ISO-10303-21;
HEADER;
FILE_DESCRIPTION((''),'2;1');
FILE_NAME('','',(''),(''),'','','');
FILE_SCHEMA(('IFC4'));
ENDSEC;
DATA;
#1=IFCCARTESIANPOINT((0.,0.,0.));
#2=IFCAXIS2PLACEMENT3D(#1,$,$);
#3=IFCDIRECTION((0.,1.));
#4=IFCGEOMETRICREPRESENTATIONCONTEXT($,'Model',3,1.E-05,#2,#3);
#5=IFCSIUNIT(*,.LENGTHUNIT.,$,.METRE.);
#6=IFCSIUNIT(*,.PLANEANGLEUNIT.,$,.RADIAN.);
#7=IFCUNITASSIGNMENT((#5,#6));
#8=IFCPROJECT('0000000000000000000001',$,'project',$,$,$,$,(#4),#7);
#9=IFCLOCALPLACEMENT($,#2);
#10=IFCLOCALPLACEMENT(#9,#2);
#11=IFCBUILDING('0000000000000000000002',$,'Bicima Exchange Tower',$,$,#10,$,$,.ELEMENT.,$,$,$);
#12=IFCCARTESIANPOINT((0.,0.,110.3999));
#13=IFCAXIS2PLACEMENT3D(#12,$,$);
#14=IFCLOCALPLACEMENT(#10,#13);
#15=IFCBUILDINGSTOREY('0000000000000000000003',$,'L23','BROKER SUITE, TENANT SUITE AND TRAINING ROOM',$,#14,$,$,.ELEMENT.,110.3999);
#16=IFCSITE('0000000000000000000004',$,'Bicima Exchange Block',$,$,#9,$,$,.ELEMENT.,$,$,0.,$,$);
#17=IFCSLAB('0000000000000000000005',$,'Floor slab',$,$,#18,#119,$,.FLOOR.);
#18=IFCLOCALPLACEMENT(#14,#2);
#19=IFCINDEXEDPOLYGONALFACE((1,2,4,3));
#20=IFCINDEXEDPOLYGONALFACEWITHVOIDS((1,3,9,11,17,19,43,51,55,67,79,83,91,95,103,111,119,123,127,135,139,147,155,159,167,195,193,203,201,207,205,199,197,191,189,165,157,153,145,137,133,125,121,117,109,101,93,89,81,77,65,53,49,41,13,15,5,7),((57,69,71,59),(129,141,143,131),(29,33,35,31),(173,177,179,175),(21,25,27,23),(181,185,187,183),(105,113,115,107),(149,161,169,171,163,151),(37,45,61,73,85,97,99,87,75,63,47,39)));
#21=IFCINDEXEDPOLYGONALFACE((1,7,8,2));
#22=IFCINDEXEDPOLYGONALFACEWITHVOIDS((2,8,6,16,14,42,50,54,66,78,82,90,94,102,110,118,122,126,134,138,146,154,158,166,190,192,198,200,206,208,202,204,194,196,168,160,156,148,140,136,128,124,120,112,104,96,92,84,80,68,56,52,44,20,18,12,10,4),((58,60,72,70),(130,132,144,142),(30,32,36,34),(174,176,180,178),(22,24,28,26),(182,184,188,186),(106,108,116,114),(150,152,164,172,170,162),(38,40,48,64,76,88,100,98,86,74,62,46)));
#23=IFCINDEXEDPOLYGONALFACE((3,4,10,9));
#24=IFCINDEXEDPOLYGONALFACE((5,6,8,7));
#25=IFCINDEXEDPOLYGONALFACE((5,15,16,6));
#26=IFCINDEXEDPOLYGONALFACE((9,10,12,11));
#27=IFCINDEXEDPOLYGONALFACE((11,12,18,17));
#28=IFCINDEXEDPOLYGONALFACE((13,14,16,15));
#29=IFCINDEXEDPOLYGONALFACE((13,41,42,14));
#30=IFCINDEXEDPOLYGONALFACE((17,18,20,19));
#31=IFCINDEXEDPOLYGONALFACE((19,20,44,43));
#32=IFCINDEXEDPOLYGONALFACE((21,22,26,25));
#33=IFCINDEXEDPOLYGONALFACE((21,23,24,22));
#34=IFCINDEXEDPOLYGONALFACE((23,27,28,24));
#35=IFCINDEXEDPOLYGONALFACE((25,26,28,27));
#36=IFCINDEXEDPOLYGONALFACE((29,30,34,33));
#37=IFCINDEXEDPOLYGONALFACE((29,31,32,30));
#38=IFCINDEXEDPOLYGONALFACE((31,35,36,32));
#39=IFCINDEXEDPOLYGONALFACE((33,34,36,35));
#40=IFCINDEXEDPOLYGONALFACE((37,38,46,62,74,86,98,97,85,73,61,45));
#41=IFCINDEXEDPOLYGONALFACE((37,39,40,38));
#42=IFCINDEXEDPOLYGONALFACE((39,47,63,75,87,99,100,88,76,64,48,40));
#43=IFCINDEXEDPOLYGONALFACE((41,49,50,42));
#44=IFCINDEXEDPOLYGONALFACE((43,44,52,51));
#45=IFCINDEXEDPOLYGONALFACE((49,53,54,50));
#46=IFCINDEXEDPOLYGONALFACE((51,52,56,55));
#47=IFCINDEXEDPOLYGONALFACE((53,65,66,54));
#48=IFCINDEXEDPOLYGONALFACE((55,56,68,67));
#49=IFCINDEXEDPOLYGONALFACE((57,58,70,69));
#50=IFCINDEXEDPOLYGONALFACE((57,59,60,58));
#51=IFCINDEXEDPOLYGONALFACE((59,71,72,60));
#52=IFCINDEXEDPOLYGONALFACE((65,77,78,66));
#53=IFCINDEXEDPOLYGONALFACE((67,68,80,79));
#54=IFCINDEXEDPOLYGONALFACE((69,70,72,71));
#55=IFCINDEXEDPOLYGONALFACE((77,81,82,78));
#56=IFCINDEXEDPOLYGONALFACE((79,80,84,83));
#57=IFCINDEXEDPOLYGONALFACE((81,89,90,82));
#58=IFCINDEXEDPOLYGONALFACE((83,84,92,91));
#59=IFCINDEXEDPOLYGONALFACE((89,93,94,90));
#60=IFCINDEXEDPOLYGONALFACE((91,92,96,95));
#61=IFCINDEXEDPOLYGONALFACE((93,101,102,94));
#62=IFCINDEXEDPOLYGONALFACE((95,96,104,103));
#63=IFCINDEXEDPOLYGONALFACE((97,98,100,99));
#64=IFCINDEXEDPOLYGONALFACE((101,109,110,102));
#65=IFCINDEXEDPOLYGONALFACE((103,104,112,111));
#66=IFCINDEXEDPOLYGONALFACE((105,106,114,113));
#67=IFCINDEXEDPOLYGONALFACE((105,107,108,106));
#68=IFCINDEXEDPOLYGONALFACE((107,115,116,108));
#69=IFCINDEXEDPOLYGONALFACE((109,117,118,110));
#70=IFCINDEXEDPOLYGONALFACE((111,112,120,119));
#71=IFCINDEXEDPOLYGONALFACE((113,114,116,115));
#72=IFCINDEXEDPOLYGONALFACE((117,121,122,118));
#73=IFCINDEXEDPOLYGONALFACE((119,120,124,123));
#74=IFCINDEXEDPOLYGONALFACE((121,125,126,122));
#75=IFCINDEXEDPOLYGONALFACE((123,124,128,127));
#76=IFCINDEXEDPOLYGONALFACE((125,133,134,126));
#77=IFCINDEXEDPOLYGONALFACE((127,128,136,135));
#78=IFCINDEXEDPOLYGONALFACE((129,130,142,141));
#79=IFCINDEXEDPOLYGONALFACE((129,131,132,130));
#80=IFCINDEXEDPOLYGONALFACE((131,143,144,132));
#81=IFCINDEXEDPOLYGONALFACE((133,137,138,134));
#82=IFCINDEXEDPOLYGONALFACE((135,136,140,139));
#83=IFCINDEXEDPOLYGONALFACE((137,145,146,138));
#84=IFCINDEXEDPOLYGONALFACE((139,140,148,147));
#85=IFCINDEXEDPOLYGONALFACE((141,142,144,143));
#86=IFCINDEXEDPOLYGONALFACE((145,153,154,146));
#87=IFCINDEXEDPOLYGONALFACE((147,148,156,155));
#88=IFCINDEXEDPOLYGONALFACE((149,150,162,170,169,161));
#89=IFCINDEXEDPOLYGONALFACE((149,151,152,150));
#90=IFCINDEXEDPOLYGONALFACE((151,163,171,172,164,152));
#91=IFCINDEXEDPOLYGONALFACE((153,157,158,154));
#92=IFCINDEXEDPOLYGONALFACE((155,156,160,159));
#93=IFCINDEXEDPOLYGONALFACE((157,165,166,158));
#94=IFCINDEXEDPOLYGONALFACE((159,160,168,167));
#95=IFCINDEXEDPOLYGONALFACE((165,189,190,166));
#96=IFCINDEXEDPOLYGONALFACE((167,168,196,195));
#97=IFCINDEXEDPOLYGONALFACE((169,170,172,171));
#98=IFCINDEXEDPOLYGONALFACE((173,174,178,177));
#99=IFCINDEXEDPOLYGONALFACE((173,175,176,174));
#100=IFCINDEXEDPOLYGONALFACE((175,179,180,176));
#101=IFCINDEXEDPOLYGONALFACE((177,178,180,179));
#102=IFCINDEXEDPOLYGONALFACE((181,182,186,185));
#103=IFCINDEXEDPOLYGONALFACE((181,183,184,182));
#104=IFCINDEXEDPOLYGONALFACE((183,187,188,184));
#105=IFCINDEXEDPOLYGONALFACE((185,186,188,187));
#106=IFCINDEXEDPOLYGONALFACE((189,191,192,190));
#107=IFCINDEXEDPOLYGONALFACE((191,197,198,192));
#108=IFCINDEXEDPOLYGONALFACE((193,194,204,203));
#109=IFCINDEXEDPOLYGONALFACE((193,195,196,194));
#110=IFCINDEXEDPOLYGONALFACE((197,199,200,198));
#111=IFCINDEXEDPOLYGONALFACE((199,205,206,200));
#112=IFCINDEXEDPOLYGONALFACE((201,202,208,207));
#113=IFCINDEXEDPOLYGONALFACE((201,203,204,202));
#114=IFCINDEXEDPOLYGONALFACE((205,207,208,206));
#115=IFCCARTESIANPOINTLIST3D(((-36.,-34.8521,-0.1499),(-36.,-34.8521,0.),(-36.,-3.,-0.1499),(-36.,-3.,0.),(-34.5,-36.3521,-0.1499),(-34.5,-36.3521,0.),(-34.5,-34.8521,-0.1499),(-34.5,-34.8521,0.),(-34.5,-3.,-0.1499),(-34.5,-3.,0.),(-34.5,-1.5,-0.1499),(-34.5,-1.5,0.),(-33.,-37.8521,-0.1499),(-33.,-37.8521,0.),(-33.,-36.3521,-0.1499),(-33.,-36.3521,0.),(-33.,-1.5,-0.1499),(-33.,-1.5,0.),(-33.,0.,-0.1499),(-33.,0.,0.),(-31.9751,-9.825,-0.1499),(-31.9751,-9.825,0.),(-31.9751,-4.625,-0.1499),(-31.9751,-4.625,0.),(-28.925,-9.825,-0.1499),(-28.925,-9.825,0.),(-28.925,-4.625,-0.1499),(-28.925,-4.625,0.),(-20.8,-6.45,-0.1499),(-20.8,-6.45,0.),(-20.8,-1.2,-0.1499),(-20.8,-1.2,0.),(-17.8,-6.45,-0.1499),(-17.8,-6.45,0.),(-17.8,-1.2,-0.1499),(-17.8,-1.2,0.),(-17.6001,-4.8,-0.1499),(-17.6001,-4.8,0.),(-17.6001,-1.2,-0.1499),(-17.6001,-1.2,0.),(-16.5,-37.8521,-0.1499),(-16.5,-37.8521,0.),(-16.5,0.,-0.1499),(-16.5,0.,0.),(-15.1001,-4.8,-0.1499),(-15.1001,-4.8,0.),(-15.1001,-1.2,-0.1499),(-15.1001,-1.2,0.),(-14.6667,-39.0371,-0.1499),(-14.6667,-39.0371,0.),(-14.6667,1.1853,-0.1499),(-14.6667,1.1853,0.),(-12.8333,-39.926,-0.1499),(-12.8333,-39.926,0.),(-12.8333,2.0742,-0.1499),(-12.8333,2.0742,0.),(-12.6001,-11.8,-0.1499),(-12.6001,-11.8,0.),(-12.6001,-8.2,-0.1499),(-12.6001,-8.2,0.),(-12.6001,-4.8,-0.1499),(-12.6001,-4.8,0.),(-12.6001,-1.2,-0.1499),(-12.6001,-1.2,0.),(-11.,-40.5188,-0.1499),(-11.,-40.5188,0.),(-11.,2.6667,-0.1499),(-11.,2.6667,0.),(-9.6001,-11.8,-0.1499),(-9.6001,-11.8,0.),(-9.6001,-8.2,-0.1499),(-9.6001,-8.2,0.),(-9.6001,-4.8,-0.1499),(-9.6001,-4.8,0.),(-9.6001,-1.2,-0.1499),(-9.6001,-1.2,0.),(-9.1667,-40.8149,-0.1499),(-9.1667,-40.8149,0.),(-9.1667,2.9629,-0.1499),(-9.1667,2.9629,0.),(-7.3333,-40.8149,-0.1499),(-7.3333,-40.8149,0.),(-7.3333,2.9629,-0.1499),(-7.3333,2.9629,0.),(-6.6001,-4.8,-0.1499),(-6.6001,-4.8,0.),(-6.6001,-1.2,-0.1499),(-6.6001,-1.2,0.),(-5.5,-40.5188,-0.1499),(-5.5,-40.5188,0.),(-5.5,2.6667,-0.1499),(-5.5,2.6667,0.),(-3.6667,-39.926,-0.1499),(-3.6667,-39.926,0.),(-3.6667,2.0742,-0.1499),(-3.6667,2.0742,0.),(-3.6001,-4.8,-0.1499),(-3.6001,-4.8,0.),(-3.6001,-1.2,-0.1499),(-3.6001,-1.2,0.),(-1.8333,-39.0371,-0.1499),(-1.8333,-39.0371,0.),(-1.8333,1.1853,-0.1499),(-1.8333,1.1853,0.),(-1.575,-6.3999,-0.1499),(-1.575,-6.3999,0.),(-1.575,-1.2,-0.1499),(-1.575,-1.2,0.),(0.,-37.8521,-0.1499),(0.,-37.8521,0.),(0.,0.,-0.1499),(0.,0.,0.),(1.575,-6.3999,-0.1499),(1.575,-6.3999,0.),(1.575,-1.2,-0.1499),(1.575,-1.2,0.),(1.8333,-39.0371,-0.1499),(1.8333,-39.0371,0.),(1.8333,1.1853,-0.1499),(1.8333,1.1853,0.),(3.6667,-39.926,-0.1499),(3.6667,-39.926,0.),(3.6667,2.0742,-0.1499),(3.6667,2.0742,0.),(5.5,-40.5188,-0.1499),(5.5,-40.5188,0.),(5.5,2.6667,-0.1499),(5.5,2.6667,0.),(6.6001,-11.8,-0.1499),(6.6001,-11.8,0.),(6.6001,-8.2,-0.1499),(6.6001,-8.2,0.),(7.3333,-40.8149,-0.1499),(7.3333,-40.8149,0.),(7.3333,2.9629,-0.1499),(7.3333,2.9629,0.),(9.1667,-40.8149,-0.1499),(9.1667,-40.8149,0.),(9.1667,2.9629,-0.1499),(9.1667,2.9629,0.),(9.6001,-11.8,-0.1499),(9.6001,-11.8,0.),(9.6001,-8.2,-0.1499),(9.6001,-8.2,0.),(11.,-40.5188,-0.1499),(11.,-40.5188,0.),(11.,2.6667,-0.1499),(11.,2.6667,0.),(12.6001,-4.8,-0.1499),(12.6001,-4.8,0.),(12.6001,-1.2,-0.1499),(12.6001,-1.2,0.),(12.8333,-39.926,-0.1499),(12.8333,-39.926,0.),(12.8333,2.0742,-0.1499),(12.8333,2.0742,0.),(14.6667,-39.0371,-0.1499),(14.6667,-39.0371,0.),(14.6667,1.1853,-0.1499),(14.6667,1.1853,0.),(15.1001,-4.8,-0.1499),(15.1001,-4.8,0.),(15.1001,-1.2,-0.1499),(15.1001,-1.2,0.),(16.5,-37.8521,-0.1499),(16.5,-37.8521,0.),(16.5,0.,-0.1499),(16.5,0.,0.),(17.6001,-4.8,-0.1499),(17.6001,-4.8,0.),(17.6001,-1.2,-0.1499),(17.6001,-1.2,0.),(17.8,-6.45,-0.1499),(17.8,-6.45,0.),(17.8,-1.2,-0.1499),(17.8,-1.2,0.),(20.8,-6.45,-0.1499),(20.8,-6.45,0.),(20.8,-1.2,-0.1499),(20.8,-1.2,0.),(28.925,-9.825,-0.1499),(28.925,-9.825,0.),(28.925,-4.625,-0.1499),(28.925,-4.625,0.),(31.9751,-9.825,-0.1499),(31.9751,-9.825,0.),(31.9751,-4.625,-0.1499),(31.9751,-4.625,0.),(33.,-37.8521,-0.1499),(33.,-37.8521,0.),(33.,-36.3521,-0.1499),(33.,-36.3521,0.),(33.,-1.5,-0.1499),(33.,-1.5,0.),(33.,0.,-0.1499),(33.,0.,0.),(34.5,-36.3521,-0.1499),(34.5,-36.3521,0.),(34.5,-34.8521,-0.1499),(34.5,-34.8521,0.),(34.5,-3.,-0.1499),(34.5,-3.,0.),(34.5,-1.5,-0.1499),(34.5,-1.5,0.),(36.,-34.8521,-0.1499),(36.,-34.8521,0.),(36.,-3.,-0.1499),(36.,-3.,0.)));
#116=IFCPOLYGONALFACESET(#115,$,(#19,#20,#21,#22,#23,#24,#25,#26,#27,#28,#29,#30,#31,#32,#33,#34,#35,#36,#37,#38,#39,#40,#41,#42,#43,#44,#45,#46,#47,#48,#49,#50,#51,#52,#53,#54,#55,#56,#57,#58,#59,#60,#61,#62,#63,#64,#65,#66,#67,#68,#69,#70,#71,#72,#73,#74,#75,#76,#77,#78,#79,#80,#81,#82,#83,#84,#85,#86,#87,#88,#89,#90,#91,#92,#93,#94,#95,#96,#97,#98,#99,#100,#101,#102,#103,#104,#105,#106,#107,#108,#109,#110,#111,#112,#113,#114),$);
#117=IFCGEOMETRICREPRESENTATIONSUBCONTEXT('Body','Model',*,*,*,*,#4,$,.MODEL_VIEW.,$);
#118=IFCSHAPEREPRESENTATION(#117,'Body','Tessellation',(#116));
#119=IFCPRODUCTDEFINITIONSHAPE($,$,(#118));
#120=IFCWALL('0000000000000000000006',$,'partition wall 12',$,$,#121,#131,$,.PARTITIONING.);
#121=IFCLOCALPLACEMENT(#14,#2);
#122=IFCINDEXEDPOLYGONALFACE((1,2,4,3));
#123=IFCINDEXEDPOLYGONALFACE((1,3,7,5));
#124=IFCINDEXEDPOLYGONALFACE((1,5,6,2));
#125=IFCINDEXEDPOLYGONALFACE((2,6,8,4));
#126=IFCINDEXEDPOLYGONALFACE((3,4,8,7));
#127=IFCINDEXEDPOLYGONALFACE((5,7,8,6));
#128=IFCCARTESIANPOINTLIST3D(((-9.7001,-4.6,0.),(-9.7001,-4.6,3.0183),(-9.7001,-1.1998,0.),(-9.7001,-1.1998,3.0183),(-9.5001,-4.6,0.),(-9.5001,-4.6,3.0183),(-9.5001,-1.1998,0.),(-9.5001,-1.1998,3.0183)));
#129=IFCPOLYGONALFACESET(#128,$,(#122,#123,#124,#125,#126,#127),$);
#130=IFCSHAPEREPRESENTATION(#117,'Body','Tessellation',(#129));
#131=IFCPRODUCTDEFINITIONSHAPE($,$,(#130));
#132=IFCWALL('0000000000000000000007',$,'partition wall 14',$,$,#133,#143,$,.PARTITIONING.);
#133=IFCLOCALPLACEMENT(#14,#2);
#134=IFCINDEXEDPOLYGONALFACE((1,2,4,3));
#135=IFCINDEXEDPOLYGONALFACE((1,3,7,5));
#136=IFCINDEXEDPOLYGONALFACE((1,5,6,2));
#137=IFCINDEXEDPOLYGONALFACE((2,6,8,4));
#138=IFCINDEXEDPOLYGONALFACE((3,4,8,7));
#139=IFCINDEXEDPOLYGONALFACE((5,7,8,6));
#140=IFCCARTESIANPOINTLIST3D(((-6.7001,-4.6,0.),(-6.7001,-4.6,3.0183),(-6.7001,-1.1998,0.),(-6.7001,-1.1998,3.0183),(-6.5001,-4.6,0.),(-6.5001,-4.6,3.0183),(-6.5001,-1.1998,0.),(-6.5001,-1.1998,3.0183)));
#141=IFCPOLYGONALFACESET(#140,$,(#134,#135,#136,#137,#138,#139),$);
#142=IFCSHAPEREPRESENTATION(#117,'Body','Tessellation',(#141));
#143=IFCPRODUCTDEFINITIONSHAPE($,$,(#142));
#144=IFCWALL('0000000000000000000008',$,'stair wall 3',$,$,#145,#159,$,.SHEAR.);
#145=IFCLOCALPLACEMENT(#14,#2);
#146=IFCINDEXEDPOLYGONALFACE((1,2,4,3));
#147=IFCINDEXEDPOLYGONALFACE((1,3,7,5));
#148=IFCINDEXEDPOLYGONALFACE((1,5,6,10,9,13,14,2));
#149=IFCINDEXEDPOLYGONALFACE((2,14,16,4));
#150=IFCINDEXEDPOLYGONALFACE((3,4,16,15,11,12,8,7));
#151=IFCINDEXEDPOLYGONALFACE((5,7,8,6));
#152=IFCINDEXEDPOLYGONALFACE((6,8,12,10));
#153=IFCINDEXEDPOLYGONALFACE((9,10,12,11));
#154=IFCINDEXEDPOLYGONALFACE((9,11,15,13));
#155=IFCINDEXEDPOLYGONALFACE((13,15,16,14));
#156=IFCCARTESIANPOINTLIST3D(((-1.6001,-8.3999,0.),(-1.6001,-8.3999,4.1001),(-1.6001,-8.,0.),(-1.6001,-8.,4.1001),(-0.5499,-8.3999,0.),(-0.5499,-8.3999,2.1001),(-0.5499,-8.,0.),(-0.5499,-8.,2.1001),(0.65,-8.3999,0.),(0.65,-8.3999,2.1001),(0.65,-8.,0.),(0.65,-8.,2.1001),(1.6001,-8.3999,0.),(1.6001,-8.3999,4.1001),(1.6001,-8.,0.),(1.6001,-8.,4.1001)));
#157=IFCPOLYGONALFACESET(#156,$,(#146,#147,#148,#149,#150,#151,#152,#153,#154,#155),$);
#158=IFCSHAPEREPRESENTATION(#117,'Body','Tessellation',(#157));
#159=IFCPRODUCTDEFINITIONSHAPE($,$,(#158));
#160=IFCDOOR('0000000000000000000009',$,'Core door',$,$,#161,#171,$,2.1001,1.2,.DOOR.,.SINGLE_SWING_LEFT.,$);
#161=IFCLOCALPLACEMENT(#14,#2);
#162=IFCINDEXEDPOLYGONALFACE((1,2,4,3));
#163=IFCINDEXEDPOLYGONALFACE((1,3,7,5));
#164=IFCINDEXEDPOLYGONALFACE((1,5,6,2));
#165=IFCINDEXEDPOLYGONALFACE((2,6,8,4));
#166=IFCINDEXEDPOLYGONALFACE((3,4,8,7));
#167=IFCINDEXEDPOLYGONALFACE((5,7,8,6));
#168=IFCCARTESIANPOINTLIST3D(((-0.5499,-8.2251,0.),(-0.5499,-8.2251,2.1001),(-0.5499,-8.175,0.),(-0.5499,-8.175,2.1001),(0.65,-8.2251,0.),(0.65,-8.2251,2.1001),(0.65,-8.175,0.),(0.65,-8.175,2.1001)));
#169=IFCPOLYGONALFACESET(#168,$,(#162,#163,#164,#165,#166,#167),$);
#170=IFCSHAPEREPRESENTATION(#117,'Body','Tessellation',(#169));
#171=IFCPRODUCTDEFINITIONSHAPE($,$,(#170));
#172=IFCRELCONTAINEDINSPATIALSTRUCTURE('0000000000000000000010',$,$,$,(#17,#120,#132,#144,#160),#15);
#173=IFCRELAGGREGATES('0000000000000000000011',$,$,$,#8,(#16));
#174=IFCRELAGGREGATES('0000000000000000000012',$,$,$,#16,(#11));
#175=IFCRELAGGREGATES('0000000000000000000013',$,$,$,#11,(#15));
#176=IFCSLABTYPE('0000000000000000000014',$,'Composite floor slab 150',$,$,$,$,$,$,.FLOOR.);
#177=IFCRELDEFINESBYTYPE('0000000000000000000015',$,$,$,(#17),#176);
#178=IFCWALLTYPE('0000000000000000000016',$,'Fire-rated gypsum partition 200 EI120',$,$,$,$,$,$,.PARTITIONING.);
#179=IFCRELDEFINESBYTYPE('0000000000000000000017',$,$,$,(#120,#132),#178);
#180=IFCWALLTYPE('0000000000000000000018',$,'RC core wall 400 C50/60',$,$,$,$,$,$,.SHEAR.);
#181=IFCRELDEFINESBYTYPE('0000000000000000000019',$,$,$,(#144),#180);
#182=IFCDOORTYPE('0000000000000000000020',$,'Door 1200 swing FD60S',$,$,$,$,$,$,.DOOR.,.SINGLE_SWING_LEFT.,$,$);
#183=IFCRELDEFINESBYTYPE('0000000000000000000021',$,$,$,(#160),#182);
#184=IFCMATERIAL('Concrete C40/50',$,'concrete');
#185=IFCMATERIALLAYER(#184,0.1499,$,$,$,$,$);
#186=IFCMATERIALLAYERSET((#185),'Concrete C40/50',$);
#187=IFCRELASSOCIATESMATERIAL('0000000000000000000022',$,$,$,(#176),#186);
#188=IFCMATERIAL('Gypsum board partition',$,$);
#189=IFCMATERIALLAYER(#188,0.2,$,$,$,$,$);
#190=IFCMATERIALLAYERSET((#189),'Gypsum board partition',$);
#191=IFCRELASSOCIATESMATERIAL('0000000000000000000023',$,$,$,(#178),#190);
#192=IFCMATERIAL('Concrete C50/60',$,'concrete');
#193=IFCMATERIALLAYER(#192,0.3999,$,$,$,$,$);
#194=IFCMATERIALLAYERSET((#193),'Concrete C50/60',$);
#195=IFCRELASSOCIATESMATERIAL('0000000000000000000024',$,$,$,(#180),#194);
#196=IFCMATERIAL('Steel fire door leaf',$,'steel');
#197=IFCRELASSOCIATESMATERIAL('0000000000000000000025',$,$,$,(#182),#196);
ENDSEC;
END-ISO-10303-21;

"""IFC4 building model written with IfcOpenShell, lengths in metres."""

from ifc_helpers import new_model, si_unit, direction, frame, frame_2d, origin, place, context, subcontext, project, spatial, polyline, rectangle, outline, extrude, material, layer, layer_set, type_object, element, fill, save


model = new_model("IFC4")

# Units and contexts
model_context = context("Model", 3, precision=1e-05, world=origin(), true_north=direction((0.0, 1.0)))
body_context = subcontext(model_context, "Body", "Model", "MODEL_VIEW")
ifc_project = project(units=[si_unit("LENGTHUNIT", "METRE"), si_unit("PLANEANGLEUNIT", "RADIAN")], contexts=[model_context])

# Site, building, storey
site_placement = place(None, origin())
site = spatial("IfcSite", under=ifc_project, at=site_placement, Name="Bicima Exchange Block", CompositionType="ELEMENT", RefElevation=0.0)
building_placement = place(site_placement, origin())
building = spatial("IfcBuilding", under=site, at=building_placement, Name="Bicima Exchange Tower", CompositionType="ELEMENT")
storey_placement = place(building_placement, frame((0.0, 0.0, 110.3999)))
storey = spatial("IfcBuildingStorey", under=building, at=storey_placement, Name="L23", Description="BROKER SUITE, TENANT SUITE AND TRAINING ROOM", CompositionType="ELEMENT", Elevation=110.3999)

# Slab
ifc_material_1 = material(Name="Concrete C40/50", Category="concrete")
ifc_layer_1 = layer(ifc_material_1, 0.1499)
ifc_layer_set_1 = layer_set([ifc_layer_1], Name="Concrete C40/50")
slab_type = type_object("IfcSlabType", Name="Composite floor slab 150", PredefinedType="FLOOR", material=ifc_layer_set_1)
slab_placement = place(storey_placement, frame((0.0, 0.0, -0.1499)))
element("IfcSlab", 1, at=slab_placement, inside=storey, type_object=slab_type, Name="Floor slab", PredefinedType="FLOOR", context=body_context, shape_type="SweptSolid", body=[
    extrude(outline(polyline([(-36.0, -34.8521), (-36.0, -3.0), (-34.5, -3.0), (-34.5, -1.5), (-33.0, -1.5), (-33.0, 0.0), (-16.5, 0.0), (-14.6667, 1.1853), (-12.8333, 2.0742), (-11.0, 2.6667), (-9.1667, 2.9629), (-7.3333, 2.9629), (-5.5, 2.6667), (-3.6667, 2.0742), (-1.8333, 1.1853), (0.0, 0.0), (1.8333, 1.1853), (3.6667, 2.0742), (5.5, 2.6667), (7.3333, 2.9629), (9.1667, 2.9629), (11.0, 2.6667), (12.8333, 2.0742), (14.6667, 1.1853), (16.5, 0.0), (33.0, 0.0), (33.0, -1.5), (34.5, -1.5), (34.5, -3.0), (36.0, -3.0), (36.0, -34.8521), (34.5, -34.8521), (34.5, -36.3521), (33.0, -36.3521), (33.0, -37.8521), (16.5, -37.8521), (14.6667, -39.0371), (12.8333, -39.926), (11.0, -40.5188), (9.1667, -40.8149), (7.3333, -40.8149), (5.5, -40.5188), (3.6667, -39.926), (1.8333, -39.0371), (0.0, -37.8521), (-1.8333, -39.0371), (-3.6667, -39.926), (-5.5, -40.5188), (-7.3333, -40.8149), (-9.1667, -40.8149), (-11.0, -40.5188), (-12.8333, -39.926), (-14.6667, -39.0371), (-16.5, -37.8521), (-33.0, -37.8521), (-33.0, -36.3521), (-34.5, -36.3521), (-34.5, -34.8521), (-36.0, -34.8521)]), holes=[polyline([(-9.6001, -11.8), (-9.6001, -8.2), (-12.6001, -8.2), (-12.6001, -11.8), (-9.6001, -11.8)]), polyline([(-31.9751, -9.825), (-28.925, -9.825), (-28.925, -4.625), (-31.9751, -4.625), (-31.9751, -9.825)]), polyline([(-20.8, -6.45), (-17.8, -6.45), (-17.8, -1.2), (-20.8, -1.2), (-20.8, -6.45)]), polyline([(-9.6001, -1.2), (-12.6001, -1.2), (-15.1001, -1.2), (-17.6001, -1.2), (-17.6001, -4.8), (-15.1001, -4.8), (-12.6001, -4.8), (-9.6001, -4.8), (-6.6001, -4.8), (-3.6001, -4.8), (-3.6001, -1.2), (-6.6001, -1.2), (-9.6001, -1.2)]), polyline([(9.6001, -11.8), (9.6001, -8.2), (6.6001, -8.2), (6.6001, -11.8), (9.6001, -11.8)]), polyline([(28.925, -9.825), (31.9751, -9.825), (31.9751, -4.625), (28.925, -4.625), (28.925, -9.825)]), polyline([(17.8, -6.45), (20.8, -6.45), (20.8, -1.2), (17.8, -1.2), (17.8, -6.45)]), polyline([(-1.575, -6.3999), (1.575, -6.3999), (1.575, -1.2), (-1.575, -1.2), (-1.575, -6.3999)]), polyline([(17.6001, -4.8), (17.6001, -1.2), (15.1001, -1.2), (12.6001, -1.2), (12.6001, -4.8), (15.1001, -4.8), (17.6001, -4.8)])]), origin(), (0.0, 0.0, 1.0), 0.1499),
])

# Walls
ifc_material_2 = material(Name="Gypsum board partition")
ifc_layer_2 = layer(ifc_material_2, 0.2)
ifc_layer_set_2 = layer_set([ifc_layer_2], Name="Gypsum board partition")
wall_type_1 = type_object("IfcWallType", Name="Fire-rated gypsum partition 200 EI120", PredefinedType="PARTITIONING", material=ifc_layer_set_2)
for number, where, z_axis, x_axis, name in (
    (2, (-9.6001, -4.6001, 0.0), (0.0, 0.0, 1.0), (0.0, 1.0, 0.0), "partition wall 12"),
    (3, (-6.6001, -4.6001, 0.0), (0.0, 0.0, 1.0), (0.0, 1.0, 0.0), "partition wall 14"),
):
    element("IfcWall", number, at=place(storey_placement, frame(where, z_axis=z_axis, x_axis=x_axis)), inside=storey, type_object=wall_type_1, Name=name, PredefinedType="PARTITIONING", context=body_context, shape_type="SweptSolid", body=[
        extrude(rectangle(XDim=3.4001, YDim=0.2, at=frame_2d((1.7002, 0.0))), origin(), (0.0, 0.0, 1.0), 3.0183),
    ])

# Wall, opening, door
ifc_material_3 = material(Name="Concrete C50/60", Category="concrete")
ifc_layer_3 = layer(ifc_material_3, 0.3999)
ifc_layer_set_3 = layer_set([ifc_layer_3], Name="Concrete C50/60")
wall_type_2 = type_object("IfcWallType", Name="RC core wall 400 C50/60", PredefinedType="SHEAR", material=ifc_layer_set_3)
wall_1_placement = place(storey_placement, frame((-1.6001, -8.2, 0.0), z_axis=(0.0, 0.0, 1.0), x_axis=(1.0, 0.0, 0.0)))
wall_1 = element("IfcWall", 4, at=wall_1_placement, inside=storey, type_object=wall_type_2, Name="stair wall 3", PredefinedType="SHEAR", context=body_context, shape_type="SweptSolid", body=[
    extrude(rectangle(XDim=3.2002, YDim=0.3999, at=frame_2d((1.6001, 0.0))), origin(), (0.0, 0.0, 1.0), 4.1001),
])
opening_1_placement = place(wall_1_placement, frame((1.05, 0.0, 0.0)))
opening_1 = element("IfcOpeningElement", 5, at=opening_1_placement, cuts=wall_1, PredefinedType="OPENING", context=body_context, shape_type="SweptSolid", body=[
    extrude(rectangle(XDim=1.2, YDim=2.1001, at=frame_2d((0.6001, 1.05))), frame((0.0, 0.2119, 0.0), z_axis=(0.0, -1.0, 0.0), x_axis=(1.0, 0.0, 0.0)), (0.0, 0.0, 1.0), 0.4238),
])
ifc_material_4 = material(Name="Steel fire door leaf", Category="steel")
door_type_1 = type_object("IfcDoorType", Name="Door 1200 swing FD60S", OperationType="SINGLE_SWING_LEFT", PredefinedType="DOOR", material=ifc_material_4)
door_1_placement = place(opening_1_placement, origin())
door_1 = element("IfcDoor", 6, at=door_1_placement, inside=storey, type_object=door_type_1, Name="Core door", OperationType="SINGLE_SWING_LEFT", OverallHeight=2.1001, OverallWidth=1.2, PredefinedType="DOOR", context=body_context, shape_type="SweptSolid", body=[
    extrude(rectangle(XDim=1.2, YDim=2.1001, at=frame_2d((0.6001, 1.05))), frame((0.0, 0.0249, 0.0), z_axis=(0.0, -1.0, 0.0), x_axis=(1.0, 0.0, 0.0)), (0.0, 0.0, 1.0), 0.05),
])
fill(opening_1, door_1)

save(model, "model.ifc")
